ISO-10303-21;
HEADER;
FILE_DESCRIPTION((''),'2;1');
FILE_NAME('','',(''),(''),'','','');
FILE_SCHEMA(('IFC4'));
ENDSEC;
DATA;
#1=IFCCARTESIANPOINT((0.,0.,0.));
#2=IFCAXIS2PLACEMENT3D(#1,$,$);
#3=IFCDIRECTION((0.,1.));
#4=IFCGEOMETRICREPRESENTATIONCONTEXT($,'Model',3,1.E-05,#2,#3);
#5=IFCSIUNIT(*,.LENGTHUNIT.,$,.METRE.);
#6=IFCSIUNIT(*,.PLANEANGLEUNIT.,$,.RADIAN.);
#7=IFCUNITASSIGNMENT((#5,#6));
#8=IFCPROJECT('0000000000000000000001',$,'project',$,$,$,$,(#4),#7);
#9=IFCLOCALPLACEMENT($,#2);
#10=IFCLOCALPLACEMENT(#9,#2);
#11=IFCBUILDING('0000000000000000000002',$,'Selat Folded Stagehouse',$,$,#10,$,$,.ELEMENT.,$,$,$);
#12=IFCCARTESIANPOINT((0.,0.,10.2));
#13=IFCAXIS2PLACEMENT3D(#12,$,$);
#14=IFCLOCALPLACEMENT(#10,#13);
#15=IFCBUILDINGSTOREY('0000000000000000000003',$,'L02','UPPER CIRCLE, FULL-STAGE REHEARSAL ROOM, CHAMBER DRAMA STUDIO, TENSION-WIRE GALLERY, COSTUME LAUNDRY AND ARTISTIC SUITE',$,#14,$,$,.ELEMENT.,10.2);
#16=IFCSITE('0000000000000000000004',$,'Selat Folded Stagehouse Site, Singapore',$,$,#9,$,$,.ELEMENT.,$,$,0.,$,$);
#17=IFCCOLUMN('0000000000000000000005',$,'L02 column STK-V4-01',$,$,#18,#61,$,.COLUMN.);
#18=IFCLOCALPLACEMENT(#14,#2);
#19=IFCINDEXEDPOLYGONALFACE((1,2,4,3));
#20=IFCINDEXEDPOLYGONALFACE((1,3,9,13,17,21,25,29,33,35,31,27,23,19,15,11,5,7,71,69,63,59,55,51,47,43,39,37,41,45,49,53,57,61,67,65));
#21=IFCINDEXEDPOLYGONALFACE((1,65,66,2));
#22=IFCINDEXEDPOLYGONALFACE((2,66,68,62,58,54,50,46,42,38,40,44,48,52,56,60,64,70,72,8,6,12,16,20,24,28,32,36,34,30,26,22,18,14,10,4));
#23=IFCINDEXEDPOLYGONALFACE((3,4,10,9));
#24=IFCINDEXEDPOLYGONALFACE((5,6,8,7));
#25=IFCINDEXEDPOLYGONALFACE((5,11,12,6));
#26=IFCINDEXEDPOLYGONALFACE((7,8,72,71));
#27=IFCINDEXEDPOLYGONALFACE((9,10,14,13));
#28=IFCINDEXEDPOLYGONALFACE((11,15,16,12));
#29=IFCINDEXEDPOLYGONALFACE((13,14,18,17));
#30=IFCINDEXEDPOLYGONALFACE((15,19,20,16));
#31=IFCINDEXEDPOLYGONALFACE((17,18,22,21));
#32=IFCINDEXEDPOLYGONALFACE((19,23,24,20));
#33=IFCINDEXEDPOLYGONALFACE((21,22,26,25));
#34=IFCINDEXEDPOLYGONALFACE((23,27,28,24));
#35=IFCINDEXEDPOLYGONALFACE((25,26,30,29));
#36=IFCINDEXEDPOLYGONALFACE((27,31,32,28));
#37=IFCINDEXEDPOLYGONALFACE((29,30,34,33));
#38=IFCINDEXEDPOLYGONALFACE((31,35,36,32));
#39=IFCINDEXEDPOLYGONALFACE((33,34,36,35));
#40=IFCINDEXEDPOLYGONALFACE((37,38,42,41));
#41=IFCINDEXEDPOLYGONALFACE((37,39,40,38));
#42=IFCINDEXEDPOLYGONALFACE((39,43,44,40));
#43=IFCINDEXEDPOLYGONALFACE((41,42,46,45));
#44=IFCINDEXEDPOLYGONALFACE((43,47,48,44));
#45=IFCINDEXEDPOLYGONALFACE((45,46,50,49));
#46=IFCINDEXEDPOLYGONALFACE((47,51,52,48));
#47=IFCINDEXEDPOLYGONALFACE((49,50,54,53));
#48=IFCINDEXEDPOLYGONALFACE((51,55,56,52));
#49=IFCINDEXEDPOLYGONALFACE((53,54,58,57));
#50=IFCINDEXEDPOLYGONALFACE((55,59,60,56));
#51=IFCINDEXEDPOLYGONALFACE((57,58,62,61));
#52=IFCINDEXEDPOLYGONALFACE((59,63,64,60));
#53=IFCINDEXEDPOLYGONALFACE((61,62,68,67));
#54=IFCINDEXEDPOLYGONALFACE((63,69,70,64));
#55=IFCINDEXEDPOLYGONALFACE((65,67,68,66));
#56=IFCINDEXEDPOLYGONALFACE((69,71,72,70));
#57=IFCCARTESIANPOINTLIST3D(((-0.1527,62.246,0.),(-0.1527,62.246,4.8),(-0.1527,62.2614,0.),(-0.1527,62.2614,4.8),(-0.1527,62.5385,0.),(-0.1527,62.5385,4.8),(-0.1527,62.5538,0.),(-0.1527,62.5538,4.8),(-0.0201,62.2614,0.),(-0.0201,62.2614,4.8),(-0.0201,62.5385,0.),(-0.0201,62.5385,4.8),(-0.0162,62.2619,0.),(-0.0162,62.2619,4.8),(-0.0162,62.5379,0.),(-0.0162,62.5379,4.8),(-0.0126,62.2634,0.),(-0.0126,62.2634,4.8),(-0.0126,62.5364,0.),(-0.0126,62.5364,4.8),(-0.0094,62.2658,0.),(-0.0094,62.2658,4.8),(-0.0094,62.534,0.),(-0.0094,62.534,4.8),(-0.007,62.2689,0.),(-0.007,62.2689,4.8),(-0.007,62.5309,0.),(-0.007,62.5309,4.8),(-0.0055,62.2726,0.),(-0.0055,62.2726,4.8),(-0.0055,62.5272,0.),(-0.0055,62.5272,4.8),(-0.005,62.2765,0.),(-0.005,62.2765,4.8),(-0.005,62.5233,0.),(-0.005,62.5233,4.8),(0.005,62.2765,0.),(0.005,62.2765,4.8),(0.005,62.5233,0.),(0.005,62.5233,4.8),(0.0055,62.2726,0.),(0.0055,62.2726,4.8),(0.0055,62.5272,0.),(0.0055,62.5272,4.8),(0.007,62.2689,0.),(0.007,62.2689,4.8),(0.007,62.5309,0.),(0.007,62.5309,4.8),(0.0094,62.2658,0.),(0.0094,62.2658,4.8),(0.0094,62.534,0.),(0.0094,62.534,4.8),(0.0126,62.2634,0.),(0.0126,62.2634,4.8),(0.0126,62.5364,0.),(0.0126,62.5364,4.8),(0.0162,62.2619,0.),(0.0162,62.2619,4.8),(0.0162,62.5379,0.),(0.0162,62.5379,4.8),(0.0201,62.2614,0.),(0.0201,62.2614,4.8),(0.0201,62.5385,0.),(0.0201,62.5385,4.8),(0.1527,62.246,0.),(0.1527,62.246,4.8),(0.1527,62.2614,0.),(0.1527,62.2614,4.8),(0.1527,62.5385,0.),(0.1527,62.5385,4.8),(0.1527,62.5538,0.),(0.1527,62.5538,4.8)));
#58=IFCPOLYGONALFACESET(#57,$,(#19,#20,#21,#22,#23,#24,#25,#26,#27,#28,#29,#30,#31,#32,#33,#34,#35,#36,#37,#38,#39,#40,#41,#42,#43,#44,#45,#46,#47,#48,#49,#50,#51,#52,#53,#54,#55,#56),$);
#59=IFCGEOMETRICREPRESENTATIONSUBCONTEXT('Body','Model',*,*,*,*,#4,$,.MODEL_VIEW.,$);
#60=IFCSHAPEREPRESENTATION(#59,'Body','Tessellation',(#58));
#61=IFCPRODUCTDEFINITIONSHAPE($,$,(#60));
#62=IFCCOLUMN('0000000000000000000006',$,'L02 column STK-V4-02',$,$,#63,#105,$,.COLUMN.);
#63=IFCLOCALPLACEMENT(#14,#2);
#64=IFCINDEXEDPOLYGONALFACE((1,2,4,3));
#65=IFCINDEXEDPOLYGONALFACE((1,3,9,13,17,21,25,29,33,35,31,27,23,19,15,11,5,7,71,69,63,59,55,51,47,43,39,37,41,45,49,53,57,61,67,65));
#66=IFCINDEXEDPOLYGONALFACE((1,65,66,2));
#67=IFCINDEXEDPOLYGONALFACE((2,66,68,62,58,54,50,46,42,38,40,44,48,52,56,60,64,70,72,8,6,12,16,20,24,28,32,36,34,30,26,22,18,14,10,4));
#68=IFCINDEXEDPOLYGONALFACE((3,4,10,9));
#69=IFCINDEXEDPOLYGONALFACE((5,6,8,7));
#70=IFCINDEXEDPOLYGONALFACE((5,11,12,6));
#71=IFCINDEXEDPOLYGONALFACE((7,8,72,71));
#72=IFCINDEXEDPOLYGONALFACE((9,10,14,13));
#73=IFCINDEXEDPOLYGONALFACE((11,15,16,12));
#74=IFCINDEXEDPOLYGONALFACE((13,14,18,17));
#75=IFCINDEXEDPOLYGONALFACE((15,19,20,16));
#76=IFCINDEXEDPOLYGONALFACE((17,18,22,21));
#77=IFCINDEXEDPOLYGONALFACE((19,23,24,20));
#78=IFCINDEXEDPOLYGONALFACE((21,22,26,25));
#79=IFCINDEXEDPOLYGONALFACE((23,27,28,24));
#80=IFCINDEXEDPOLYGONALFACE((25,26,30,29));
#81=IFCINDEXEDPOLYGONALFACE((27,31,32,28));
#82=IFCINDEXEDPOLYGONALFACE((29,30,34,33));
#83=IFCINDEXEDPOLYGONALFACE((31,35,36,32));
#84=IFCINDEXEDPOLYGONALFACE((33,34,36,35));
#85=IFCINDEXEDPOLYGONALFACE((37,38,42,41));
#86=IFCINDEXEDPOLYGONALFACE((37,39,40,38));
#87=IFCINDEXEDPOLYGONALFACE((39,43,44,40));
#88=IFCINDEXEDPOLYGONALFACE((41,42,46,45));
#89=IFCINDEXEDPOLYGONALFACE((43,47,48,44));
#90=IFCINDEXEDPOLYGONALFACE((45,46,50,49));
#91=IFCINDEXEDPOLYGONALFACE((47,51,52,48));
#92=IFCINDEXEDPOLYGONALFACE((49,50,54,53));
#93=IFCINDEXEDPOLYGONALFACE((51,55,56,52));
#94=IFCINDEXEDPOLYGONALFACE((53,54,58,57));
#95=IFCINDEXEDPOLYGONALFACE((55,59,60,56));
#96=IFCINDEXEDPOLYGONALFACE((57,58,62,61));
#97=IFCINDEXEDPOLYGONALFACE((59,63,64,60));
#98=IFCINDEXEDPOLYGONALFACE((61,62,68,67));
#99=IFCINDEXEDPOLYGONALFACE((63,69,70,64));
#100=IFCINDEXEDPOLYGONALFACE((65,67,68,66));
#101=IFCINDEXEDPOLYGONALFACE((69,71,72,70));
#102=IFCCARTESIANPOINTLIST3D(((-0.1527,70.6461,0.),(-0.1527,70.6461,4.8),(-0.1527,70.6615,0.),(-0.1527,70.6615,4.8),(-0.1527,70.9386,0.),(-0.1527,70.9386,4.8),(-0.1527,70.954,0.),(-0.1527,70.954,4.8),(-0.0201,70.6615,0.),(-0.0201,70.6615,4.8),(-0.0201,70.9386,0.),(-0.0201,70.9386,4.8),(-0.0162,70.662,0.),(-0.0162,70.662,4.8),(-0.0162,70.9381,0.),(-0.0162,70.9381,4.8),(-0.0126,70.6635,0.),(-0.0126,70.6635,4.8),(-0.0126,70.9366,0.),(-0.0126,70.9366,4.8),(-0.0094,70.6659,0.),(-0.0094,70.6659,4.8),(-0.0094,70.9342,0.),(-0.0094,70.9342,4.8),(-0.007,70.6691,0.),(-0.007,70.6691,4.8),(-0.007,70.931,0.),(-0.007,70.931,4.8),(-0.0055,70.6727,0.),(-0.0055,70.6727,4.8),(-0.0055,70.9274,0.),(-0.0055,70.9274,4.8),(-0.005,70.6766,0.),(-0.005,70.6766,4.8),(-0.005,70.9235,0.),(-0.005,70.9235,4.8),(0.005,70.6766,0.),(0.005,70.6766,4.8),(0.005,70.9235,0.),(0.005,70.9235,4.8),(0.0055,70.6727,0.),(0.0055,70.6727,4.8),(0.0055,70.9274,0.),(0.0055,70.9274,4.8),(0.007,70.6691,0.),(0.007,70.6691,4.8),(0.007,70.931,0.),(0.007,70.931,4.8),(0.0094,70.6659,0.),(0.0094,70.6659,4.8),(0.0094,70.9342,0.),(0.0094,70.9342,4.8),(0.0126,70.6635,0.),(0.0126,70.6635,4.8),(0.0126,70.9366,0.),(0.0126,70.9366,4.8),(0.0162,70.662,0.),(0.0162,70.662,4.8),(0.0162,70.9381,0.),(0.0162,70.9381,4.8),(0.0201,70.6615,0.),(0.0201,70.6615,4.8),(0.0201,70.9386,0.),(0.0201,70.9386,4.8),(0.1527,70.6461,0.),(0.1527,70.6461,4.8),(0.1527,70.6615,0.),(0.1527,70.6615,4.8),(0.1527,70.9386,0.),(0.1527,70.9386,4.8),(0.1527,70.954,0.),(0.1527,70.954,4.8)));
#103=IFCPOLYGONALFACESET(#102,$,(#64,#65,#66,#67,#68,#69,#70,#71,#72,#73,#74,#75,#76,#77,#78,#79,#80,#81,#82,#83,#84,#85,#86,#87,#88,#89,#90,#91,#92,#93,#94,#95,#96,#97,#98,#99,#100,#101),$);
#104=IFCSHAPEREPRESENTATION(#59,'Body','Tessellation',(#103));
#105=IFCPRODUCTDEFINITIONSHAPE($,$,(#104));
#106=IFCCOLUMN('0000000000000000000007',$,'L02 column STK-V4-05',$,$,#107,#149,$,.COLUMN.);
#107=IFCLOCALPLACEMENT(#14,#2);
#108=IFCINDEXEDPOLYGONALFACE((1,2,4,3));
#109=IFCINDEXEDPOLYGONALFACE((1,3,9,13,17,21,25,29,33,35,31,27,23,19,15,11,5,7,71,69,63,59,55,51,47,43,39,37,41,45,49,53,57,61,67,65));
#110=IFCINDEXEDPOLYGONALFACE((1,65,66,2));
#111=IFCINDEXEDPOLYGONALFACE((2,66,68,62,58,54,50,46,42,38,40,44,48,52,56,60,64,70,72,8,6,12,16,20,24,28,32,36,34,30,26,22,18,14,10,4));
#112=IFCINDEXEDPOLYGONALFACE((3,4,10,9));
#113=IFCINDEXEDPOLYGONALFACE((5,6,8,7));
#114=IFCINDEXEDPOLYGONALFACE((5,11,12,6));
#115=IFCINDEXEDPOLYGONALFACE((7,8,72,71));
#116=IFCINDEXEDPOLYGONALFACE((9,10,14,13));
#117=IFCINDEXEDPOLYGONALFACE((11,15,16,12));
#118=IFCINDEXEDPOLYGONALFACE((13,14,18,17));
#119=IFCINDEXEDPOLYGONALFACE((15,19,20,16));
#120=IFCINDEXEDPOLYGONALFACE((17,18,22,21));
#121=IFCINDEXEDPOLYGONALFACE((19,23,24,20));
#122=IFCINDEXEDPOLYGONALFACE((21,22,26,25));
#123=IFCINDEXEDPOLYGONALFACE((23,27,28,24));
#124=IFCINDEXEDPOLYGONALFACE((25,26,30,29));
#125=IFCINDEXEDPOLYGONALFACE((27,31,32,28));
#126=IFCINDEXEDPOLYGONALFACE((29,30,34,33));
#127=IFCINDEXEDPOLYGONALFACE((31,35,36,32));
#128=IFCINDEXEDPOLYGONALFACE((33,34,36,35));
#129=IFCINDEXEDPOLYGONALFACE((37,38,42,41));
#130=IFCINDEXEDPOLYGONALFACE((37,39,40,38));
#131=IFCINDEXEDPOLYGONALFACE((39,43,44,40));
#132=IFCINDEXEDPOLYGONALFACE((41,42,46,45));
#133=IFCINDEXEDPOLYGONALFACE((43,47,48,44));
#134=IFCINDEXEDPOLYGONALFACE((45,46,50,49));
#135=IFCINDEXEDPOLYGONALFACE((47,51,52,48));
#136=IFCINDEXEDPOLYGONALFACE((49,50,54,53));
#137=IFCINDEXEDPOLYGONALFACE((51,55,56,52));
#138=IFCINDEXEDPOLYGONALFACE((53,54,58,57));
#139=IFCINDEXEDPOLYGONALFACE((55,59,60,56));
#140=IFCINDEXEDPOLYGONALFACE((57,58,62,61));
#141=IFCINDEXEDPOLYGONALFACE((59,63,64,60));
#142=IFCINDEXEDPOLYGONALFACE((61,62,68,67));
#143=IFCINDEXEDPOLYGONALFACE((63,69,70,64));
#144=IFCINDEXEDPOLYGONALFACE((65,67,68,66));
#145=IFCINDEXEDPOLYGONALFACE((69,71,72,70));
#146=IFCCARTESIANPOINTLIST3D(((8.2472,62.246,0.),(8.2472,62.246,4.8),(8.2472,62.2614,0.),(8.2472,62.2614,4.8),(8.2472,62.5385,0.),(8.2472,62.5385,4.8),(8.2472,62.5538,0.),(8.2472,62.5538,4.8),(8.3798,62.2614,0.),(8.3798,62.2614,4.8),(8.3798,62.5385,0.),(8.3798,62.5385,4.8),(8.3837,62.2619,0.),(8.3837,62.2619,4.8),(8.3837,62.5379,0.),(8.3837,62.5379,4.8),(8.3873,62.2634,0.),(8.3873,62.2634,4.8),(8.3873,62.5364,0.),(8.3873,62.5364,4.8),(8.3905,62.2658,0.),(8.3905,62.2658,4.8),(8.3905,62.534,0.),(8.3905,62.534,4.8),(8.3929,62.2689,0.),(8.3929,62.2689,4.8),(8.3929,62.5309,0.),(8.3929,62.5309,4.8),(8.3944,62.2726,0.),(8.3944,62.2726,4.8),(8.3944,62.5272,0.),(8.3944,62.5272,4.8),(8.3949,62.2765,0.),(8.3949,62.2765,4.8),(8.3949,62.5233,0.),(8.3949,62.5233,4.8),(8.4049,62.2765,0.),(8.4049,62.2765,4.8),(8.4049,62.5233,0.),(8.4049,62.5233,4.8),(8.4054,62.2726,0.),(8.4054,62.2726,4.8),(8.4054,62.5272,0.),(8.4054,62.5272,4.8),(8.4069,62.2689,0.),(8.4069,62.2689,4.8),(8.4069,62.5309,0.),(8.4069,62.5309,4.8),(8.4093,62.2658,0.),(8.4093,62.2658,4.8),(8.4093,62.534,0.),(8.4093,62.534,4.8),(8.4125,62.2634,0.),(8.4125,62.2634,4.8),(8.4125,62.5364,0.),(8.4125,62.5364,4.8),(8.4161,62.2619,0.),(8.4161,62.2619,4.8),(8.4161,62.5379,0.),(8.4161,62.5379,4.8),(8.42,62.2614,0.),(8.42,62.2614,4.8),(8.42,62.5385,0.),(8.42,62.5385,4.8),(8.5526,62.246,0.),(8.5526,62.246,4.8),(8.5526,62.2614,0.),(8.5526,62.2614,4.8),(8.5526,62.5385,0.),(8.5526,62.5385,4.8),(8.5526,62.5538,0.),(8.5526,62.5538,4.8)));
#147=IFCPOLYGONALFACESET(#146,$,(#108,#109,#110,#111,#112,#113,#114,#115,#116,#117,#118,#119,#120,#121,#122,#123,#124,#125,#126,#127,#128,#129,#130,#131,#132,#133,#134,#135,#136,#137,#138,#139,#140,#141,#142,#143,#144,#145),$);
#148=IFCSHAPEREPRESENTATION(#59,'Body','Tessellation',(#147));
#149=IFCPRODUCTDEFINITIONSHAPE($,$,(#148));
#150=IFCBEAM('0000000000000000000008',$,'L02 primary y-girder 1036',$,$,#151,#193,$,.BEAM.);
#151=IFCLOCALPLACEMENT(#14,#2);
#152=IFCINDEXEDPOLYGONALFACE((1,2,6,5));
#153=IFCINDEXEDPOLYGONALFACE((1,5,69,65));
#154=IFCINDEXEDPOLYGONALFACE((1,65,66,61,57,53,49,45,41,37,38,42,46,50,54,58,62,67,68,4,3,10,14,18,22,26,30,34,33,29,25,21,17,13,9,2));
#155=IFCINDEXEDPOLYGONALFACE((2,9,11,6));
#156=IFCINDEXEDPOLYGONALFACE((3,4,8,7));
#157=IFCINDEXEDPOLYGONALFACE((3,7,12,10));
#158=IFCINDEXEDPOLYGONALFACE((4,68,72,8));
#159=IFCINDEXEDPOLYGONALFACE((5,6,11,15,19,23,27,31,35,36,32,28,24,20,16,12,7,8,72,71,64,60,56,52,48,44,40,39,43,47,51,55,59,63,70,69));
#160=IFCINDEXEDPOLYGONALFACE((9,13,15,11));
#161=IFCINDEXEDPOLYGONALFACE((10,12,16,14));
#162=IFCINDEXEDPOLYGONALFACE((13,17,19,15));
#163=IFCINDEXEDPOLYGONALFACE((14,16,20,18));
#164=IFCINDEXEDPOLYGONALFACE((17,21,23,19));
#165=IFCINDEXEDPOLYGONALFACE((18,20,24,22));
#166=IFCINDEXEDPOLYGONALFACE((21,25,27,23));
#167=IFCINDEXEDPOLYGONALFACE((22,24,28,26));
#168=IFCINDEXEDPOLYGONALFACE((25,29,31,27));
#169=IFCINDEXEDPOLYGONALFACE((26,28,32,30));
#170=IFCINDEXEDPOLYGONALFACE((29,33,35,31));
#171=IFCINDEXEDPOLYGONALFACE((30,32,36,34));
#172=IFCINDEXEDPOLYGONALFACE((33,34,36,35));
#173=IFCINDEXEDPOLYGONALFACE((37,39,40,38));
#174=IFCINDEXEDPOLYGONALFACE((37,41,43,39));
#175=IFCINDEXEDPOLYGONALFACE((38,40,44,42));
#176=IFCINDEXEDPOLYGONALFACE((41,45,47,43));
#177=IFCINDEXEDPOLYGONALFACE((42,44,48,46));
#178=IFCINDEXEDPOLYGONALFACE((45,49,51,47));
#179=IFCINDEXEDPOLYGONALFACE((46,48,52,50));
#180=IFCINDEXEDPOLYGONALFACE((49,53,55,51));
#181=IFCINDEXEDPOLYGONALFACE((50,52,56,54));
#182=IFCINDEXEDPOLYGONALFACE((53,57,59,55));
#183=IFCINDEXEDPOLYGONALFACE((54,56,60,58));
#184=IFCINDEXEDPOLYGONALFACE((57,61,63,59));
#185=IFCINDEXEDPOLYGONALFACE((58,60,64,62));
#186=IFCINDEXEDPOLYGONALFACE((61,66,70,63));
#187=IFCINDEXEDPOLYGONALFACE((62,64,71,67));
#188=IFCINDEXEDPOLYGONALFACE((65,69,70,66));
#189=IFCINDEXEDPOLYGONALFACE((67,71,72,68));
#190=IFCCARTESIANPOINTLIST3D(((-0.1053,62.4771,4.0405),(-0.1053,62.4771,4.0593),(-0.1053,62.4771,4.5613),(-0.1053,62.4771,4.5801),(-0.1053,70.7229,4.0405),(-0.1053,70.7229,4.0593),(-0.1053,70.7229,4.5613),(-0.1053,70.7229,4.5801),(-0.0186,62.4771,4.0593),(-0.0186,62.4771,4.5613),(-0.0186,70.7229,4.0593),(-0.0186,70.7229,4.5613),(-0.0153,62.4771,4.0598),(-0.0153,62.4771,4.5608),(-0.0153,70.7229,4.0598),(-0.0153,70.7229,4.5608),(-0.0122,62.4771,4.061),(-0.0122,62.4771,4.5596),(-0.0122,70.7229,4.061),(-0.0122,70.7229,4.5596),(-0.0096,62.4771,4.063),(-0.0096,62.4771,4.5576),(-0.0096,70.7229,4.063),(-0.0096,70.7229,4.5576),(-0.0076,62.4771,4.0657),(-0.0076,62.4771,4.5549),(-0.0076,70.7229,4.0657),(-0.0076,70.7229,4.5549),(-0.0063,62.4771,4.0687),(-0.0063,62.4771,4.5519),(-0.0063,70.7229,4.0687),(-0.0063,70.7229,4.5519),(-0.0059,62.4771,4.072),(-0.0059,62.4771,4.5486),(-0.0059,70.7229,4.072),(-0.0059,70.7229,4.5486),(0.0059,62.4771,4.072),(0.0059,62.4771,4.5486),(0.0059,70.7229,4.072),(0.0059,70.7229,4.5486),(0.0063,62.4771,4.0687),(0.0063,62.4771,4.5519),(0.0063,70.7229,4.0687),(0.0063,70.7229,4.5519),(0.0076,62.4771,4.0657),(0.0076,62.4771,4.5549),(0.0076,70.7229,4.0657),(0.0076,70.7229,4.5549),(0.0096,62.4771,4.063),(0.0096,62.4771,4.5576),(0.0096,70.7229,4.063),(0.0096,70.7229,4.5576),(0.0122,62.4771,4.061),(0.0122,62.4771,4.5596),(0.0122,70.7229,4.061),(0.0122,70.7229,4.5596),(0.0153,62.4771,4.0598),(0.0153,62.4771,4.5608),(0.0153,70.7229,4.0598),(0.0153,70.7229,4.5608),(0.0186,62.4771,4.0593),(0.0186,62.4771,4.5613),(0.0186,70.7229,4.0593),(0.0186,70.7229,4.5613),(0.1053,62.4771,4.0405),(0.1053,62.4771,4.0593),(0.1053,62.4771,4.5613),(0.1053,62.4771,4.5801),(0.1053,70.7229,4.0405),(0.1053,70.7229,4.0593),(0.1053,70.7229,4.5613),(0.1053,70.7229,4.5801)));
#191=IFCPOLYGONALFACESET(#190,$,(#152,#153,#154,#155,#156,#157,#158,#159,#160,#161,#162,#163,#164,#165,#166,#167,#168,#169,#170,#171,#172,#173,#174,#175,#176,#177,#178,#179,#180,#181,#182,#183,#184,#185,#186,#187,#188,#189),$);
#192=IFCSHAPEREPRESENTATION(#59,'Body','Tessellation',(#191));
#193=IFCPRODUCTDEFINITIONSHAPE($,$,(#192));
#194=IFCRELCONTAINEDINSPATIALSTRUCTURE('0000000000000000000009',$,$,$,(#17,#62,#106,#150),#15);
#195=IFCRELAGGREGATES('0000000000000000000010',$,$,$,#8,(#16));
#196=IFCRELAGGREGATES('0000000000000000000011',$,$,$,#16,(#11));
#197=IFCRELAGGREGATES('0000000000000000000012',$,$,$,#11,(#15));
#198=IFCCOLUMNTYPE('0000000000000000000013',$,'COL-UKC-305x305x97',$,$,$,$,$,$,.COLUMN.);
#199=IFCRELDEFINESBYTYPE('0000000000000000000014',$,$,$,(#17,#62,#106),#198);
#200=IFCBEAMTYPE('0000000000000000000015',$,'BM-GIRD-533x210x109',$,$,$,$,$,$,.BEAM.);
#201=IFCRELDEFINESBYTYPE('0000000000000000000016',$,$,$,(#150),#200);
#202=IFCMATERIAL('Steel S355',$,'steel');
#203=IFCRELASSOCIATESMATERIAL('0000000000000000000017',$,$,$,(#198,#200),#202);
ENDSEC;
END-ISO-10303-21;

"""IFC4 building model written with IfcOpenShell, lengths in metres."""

from ifc_helpers import new_model, si_unit, direction, frame, origin, origin_2d, place, context, subcontext, project, spatial, i_section, extrude, material, material_profile, profile_set, type_object, element, save


model = new_model("IFC4")

# Units and contexts
model_context = context("Model", 3, precision=1e-05, world=origin(), true_north=direction((0.0, 1.0)))
body_context = subcontext(model_context, "Body", "Model", "MODEL_VIEW")
ifc_project = project(units=[si_unit("LENGTHUNIT", "METRE"), si_unit("PLANEANGLEUNIT", "RADIAN")], contexts=[model_context])

# Site, building, storey
site_placement = place(None, origin())
site = spatial("IfcSite", under=ifc_project, at=site_placement, Name="Selat Folded Stagehouse Site, Singapore", CompositionType="ELEMENT", RefElevation=0.0)
building_placement = place(site_placement, origin())
building = spatial("IfcBuilding", under=site, at=building_placement, Name="Selat Folded Stagehouse", CompositionType="ELEMENT")
storey_placement = place(building_placement, frame((0.0, 0.0, 10.2)))
storey = spatial("IfcBuildingStorey", under=building, at=storey_placement, Name="L02", Description="UPPER CIRCLE, FULL-STAGE REHEARSAL ROOM, CHAMBER DRAMA STUDIO, TENSION-WIRE GALLERY, COSTUME LAUNDRY AND ARTISTIC SUITE", CompositionType="ELEMENT", Elevation=10.2)

# Columns
ifc_material_1 = material(Name="Steel S355", Category="steel")
ifc_material_profile_1 = material_profile(ifc_material_1, i_section(OverallWidth=0.3054, OverallDepth=0.3079, WebThickness=0.01, FlangeThickness=0.0154, FilletRadius=0.0151, at=origin_2d()), Name="UKC 305x305x97")
ifc_profile_set_1 = profile_set([ifc_material_profile_1], Name="Steel S355")
column_type = type_object("IfcColumnType", Name="COL-UKC-305x305x97", PredefinedType="COLUMN", material=ifc_profile_set_1)
for number, where, z_axis, x_axis, name in (
    (1, (0.0, 62.3999, 0.0), (0.0, 0.0, 1.0), (1.0, 0.0, 0.0), "L02 column STK-V4-01"),
    (2, (0.0, 70.8, 0.0), (0.0, 0.0, 1.0), (1.0, 0.0, 0.0), "L02 column STK-V4-02"),
    (3, (8.3999, 62.3999, 0.0), (0.0, 0.0, 1.0), (1.0, 0.0, 0.0), "L02 column STK-V4-05"),
):
    element("IfcColumn", number, at=place(storey_placement, frame(where, z_axis=z_axis, x_axis=x_axis)), inside=storey, type_object=column_type, Name=name, PredefinedType="COLUMN", context=body_context, shape_type="SweptSolid", body=[
        extrude(i_section(OverallWidth=0.3054, OverallDepth=0.3079, WebThickness=0.01, FlangeThickness=0.0154, FilletRadius=0.0151, at=origin_2d()), origin(), (0.0, 0.0, 1.0), 4.8),
    ])

# Beam
ifc_material_profile_2 = material_profile(ifc_material_1, i_section(OverallWidth=0.2107, OverallDepth=0.5396, WebThickness=0.0117, FlangeThickness=0.0188, FilletRadius=0.0127, at=origin_2d()), Name="UKB 533x210x109")
ifc_profile_set_2 = profile_set([ifc_material_profile_2], Name="Steel S355")
beam_type_1 = type_object("IfcBeamType", Name="BM-GIRD-533x210x109", PredefinedType="BEAM", material=ifc_profile_set_2)
beam_1_placement = place(storey_placement, frame((0.0, 62.4771, 4.3103), z_axis=(0.0, 1.0, 0.0), x_axis=(-1.0, 0.0, 0.0)))
element("IfcBeam", 4, at=beam_1_placement, inside=storey, type_object=beam_type_1, Name="L02 primary y-girder 1036", PredefinedType="BEAM", context=body_context, shape_type="SweptSolid", body=[
    extrude(i_section(OverallWidth=0.2107, OverallDepth=0.5396, WebThickness=0.0117, FlangeThickness=0.0188, FilletRadius=0.0127, at=origin_2d()), origin(), (0.0, 0.0, 1.0), 8.2458),
])

save(model, "model.ifc")
